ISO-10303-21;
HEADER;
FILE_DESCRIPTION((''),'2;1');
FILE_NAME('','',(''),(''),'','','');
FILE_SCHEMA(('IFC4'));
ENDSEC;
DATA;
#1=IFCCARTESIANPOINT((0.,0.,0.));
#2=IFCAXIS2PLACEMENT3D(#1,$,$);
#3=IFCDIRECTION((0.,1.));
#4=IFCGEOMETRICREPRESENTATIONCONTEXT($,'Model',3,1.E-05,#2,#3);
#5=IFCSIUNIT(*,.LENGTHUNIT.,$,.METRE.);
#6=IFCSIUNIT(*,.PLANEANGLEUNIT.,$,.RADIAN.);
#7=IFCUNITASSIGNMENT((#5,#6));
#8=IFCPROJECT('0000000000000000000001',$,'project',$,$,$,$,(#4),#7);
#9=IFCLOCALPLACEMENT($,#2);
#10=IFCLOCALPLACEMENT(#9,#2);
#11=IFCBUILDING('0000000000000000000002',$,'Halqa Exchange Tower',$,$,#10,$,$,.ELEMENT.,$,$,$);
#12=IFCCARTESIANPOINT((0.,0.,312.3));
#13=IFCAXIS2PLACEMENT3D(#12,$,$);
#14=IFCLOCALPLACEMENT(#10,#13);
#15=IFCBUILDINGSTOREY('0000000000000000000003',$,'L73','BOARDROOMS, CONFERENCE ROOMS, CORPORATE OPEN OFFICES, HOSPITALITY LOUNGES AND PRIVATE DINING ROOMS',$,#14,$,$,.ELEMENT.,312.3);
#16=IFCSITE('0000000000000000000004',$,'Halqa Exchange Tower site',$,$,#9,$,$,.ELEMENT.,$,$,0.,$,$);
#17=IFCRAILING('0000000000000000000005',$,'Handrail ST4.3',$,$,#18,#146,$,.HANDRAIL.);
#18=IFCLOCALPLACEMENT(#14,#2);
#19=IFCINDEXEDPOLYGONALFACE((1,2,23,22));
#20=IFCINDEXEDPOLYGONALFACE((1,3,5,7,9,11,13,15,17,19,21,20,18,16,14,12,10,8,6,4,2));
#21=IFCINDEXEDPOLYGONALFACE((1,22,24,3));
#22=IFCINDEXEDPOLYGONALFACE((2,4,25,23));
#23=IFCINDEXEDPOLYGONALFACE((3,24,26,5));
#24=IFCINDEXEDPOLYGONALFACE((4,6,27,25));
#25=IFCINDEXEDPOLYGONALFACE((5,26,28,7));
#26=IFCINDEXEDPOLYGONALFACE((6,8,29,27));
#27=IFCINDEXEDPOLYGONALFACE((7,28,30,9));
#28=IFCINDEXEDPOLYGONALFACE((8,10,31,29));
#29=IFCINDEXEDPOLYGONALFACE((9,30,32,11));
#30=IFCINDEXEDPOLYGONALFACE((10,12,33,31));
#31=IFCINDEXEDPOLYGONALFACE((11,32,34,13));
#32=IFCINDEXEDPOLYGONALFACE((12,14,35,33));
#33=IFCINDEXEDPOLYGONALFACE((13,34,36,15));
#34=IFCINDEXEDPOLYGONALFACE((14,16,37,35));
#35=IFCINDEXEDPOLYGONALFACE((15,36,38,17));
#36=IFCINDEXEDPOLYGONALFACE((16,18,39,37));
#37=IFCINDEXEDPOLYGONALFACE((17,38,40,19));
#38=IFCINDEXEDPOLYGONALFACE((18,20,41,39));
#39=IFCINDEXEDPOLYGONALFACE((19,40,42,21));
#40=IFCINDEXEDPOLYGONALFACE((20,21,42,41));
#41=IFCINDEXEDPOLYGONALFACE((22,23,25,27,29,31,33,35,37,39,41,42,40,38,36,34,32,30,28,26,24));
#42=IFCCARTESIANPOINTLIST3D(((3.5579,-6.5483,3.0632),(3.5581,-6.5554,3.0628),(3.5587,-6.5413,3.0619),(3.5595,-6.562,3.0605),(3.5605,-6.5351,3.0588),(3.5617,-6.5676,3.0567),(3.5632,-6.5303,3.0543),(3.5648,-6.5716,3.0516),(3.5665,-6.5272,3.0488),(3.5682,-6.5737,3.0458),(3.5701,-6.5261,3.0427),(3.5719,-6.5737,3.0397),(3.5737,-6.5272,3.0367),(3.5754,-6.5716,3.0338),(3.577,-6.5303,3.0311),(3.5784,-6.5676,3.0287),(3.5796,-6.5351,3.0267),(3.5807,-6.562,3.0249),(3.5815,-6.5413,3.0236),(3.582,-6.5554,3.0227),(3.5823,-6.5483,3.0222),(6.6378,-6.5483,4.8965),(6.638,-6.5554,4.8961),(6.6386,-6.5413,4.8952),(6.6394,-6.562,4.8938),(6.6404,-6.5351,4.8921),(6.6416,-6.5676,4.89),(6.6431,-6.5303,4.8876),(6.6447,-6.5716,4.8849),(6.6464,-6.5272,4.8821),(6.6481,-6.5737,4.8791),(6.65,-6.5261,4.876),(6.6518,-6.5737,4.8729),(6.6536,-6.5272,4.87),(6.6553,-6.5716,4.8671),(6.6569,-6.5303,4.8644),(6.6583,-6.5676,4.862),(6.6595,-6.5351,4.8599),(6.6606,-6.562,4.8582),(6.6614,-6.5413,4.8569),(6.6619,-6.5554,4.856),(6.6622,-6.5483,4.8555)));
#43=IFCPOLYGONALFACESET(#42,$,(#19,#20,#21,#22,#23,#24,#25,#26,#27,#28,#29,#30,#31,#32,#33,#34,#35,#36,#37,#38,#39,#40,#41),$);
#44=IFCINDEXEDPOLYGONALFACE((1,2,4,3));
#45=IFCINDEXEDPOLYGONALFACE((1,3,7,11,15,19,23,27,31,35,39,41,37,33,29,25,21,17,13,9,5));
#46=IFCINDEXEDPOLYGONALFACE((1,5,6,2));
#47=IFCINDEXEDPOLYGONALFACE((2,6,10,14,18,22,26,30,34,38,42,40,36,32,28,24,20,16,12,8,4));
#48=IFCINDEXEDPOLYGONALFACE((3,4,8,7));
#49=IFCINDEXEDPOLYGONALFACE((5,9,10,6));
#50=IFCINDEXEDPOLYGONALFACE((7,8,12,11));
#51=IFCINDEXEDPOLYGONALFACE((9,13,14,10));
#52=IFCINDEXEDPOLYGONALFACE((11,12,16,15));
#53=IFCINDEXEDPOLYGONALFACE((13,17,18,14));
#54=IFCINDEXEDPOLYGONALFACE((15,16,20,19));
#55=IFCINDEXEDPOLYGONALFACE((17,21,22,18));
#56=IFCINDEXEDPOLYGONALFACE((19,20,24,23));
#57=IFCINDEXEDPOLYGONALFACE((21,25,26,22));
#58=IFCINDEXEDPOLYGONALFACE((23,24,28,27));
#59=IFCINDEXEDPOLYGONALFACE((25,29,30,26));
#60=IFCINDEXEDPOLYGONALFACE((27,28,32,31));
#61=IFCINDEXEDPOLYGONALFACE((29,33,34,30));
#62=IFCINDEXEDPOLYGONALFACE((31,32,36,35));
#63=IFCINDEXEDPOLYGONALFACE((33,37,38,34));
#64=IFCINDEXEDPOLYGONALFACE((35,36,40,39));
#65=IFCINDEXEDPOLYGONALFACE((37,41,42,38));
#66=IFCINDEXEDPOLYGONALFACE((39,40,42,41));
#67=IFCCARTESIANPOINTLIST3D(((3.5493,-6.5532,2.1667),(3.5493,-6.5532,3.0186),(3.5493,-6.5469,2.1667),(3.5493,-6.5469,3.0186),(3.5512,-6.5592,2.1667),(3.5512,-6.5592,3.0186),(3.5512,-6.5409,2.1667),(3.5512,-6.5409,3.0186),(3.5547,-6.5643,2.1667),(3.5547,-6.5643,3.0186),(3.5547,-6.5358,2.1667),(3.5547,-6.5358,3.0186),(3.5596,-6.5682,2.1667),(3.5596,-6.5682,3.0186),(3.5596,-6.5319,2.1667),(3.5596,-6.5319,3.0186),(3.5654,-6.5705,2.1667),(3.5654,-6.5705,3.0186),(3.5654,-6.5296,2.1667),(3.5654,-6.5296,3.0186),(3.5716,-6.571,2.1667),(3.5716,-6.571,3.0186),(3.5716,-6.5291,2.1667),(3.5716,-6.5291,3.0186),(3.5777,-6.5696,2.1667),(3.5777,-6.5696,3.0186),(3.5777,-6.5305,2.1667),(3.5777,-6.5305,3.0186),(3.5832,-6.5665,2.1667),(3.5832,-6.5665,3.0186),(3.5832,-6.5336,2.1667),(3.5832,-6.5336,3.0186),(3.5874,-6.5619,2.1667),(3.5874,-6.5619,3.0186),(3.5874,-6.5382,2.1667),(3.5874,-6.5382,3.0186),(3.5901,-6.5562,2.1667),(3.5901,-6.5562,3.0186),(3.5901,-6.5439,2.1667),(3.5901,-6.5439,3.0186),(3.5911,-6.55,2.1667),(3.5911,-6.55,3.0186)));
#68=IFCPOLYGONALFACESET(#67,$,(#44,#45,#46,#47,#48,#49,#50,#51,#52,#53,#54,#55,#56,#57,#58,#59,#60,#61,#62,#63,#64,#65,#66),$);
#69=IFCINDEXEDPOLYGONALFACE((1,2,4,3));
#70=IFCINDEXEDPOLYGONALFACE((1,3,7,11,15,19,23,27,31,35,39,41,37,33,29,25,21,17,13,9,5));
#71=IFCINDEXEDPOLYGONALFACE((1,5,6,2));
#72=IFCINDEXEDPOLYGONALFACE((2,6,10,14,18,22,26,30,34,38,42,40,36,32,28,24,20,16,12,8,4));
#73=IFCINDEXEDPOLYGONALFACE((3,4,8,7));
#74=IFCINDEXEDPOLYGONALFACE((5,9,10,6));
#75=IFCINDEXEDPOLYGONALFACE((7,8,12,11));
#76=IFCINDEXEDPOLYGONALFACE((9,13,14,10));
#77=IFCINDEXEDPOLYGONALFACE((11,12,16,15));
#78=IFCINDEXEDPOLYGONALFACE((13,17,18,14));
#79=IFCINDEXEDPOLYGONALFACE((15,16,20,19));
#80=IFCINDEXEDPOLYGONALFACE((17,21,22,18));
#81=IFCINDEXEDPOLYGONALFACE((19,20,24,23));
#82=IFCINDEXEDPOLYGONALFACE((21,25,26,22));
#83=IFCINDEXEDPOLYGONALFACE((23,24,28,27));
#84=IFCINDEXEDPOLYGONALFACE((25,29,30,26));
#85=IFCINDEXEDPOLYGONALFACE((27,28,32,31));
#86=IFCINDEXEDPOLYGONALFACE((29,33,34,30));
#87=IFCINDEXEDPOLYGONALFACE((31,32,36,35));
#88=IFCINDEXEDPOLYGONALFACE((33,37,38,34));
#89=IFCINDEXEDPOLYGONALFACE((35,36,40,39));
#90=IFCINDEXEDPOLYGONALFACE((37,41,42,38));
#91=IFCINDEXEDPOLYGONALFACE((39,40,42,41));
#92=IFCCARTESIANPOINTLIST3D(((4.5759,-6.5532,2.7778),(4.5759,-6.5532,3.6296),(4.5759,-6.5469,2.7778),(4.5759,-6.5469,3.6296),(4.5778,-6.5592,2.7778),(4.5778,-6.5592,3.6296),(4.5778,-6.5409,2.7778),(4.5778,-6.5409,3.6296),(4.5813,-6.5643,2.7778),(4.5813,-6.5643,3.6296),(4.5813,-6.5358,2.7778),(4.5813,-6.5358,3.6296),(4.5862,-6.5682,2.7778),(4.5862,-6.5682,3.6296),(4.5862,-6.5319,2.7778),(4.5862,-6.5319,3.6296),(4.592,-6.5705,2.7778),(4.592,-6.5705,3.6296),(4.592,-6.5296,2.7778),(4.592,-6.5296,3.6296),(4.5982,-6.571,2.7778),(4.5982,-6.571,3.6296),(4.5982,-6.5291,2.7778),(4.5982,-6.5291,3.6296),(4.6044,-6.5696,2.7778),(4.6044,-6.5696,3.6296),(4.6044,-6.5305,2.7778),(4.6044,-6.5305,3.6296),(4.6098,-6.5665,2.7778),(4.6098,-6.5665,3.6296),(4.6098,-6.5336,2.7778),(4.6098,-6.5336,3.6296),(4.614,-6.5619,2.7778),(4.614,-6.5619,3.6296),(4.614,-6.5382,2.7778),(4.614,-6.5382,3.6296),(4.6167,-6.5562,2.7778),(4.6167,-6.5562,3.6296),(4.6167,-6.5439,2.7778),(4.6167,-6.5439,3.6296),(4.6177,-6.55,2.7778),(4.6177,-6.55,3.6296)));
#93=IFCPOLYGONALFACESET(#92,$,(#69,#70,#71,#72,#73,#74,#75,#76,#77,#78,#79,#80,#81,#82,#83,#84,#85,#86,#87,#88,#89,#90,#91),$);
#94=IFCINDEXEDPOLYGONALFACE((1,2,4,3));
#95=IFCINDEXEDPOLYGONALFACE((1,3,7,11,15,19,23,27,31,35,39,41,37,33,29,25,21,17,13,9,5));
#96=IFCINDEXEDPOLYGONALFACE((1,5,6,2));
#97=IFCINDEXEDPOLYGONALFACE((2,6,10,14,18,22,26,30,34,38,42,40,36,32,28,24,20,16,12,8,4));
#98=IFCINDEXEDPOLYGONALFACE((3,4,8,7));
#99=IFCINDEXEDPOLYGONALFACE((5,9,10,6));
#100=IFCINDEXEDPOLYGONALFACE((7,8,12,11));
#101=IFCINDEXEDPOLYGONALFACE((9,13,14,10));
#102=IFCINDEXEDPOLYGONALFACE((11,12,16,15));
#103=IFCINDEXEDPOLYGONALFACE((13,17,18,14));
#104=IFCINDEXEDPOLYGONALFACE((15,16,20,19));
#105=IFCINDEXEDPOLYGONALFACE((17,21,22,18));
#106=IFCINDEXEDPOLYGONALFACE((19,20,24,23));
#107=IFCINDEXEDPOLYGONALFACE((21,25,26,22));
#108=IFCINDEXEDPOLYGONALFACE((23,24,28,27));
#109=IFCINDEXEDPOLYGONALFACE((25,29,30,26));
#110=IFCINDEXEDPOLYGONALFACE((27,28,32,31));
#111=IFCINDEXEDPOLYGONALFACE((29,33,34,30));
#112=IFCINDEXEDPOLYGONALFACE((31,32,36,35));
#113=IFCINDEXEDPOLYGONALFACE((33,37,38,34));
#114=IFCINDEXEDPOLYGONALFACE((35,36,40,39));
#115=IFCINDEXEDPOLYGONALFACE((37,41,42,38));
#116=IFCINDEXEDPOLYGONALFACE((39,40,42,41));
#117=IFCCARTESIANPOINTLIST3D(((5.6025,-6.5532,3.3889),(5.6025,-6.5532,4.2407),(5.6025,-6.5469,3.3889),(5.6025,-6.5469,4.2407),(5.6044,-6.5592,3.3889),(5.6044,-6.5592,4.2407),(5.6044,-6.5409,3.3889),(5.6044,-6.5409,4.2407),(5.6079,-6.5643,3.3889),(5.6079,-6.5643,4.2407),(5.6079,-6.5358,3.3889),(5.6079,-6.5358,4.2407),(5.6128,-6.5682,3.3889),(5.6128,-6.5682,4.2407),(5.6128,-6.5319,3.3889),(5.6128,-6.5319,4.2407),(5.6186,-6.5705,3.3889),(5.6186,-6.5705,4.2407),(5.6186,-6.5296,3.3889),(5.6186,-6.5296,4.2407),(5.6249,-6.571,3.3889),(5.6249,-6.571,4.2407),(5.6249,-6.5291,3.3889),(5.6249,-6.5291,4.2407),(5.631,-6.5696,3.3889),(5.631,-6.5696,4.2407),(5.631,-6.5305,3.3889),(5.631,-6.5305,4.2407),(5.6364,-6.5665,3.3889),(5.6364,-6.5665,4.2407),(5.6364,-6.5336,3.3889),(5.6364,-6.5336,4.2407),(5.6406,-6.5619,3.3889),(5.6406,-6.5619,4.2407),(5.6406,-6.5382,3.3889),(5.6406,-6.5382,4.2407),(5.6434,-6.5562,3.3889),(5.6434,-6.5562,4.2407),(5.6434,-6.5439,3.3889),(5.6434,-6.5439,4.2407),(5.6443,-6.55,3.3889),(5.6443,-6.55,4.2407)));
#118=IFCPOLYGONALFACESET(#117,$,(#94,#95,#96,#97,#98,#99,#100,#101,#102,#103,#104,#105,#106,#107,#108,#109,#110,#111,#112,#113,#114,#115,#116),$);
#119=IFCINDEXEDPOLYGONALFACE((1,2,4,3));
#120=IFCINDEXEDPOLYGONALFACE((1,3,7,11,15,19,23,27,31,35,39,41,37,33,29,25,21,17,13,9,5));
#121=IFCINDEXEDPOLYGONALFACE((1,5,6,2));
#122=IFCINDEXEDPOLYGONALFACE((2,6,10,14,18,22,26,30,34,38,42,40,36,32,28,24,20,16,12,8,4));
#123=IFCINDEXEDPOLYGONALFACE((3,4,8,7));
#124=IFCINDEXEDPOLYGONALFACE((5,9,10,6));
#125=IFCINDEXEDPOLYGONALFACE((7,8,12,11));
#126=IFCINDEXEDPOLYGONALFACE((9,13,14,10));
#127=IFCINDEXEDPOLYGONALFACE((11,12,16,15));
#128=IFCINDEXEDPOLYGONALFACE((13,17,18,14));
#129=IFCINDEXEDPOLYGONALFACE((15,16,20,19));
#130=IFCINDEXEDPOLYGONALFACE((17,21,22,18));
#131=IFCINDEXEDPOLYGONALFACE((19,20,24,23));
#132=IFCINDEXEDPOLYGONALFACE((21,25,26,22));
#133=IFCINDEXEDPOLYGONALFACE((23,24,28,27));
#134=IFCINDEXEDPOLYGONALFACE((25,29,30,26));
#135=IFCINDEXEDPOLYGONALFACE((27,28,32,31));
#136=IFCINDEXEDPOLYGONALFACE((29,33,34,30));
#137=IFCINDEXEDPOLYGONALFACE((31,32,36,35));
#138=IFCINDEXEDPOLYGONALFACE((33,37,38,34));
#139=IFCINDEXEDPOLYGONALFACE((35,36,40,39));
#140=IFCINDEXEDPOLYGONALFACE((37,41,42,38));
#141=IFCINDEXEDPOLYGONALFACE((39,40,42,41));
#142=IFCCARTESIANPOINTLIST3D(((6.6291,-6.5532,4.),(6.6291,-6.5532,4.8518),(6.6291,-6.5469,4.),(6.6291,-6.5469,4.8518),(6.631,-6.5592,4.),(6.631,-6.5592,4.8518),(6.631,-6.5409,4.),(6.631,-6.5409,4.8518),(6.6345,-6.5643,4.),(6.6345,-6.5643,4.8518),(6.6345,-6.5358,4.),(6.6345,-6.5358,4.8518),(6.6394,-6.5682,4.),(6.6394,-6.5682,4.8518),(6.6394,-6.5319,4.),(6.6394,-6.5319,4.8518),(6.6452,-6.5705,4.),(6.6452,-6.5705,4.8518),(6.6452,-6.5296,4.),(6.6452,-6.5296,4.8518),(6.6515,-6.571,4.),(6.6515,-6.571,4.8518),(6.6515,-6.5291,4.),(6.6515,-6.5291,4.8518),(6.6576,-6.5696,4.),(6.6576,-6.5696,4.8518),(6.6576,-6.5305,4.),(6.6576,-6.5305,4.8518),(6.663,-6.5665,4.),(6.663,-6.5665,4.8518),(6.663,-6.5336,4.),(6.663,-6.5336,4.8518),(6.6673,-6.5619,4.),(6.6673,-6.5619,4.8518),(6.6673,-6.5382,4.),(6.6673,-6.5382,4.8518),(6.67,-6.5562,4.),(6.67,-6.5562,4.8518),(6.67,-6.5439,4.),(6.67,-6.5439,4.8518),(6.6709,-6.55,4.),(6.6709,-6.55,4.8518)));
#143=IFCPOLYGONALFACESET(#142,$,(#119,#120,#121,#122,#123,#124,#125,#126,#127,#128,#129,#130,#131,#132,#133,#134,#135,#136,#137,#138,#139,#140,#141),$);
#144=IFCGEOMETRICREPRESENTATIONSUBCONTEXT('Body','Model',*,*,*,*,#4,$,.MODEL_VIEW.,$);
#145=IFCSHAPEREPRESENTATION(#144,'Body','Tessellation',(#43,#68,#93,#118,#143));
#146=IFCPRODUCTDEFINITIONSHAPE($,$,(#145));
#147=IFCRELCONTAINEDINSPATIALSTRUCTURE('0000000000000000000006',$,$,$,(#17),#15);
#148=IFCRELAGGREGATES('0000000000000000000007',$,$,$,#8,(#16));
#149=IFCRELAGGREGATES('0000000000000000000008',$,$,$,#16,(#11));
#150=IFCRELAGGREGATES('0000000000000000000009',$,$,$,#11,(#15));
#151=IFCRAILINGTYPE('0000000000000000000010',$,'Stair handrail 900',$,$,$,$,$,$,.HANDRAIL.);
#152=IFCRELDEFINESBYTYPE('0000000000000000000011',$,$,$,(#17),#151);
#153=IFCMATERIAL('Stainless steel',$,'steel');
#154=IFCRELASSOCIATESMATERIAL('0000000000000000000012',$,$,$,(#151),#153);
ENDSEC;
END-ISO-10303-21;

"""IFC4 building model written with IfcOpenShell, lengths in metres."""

from ifc_helpers import new_model, si_unit, direction, frame, origin, origin_2d, place, context, subcontext, project, spatial, circle, extrude, material, type_object, element, save


model = new_model("IFC4")

# Units and contexts
model_context = context("Model", 3, precision=1e-05, world=origin(), true_north=direction((0.0, 1.0)))
body_context = subcontext(model_context, "Body", "Model", "MODEL_VIEW")
ifc_project = project(units=[si_unit("LENGTHUNIT", "METRE"), si_unit("PLANEANGLEUNIT", "RADIAN")], contexts=[model_context])

# Site, building, storey
site_placement = place(None, origin())
site = spatial("IfcSite", under=ifc_project, at=site_placement, Name="Halqa Exchange Tower site", CompositionType="ELEMENT", RefElevation=0.0)
building_placement = place(site_placement, origin())
building = spatial("IfcBuilding", under=site, at=building_placement, Name="Halqa Exchange Tower", CompositionType="ELEMENT")
storey_placement = place(building_placement, frame((0.0, 0.0, 312.3)))
storey = spatial("IfcBuildingStorey", under=building, at=storey_placement, Name="L73", Description="BOARDROOMS, CONFERENCE ROOMS, CORPORATE OPEN OFFICES, HOSPITALITY LOUNGES AND PRIVATE DINING ROOMS", CompositionType="ELEMENT", Elevation=312.3)

# Railing
ifc_material_1 = material(Name="Stainless steel", Category="steel")
railing_type_1 = type_object("IfcRailingType", Name="Stair handrail 900", PredefinedType="HANDRAIL", material=ifc_material_1)
railing_1_placement = place(storey_placement, frame((3.5701, -6.55, 2.1667)))
element("IfcRailing", 1, at=railing_1_placement, inside=storey, type_object=railing_type_1, Name="Handrail ST4.3", PredefinedType="HANDRAIL", context=body_context, shape_type="SweptSolid", body=[
    extrude(circle(Radius=0.0239, at=origin_2d()), frame((0.0, 0.0, 0.876), z_axis=(0.859291, 0.0, 0.511487), x_axis=(0.0, 1.0, 0.0)), (0.0, 0.0, 1.0), 3.5842),
    extrude(circle(Radius=0.021, at=origin_2d()), origin(), (0.0, 0.0, 1.0), 0.8518),
    extrude(circle(Radius=0.021, at=origin_2d()), frame((1.0266, 0.0, 0.6111)), (0.0, 0.0, 1.0), 0.8518),
    extrude(circle(Radius=0.021, at=origin_2d()), frame((2.0532, 0.0, 1.2222)), (0.0, 0.0, 1.0), 0.8518),
    extrude(circle(Radius=0.021, at=origin_2d()), frame((3.0798, 0.0, 1.8333)), (0.0, 0.0, 1.0), 0.8518),
])

save(model, "model.ifc")
